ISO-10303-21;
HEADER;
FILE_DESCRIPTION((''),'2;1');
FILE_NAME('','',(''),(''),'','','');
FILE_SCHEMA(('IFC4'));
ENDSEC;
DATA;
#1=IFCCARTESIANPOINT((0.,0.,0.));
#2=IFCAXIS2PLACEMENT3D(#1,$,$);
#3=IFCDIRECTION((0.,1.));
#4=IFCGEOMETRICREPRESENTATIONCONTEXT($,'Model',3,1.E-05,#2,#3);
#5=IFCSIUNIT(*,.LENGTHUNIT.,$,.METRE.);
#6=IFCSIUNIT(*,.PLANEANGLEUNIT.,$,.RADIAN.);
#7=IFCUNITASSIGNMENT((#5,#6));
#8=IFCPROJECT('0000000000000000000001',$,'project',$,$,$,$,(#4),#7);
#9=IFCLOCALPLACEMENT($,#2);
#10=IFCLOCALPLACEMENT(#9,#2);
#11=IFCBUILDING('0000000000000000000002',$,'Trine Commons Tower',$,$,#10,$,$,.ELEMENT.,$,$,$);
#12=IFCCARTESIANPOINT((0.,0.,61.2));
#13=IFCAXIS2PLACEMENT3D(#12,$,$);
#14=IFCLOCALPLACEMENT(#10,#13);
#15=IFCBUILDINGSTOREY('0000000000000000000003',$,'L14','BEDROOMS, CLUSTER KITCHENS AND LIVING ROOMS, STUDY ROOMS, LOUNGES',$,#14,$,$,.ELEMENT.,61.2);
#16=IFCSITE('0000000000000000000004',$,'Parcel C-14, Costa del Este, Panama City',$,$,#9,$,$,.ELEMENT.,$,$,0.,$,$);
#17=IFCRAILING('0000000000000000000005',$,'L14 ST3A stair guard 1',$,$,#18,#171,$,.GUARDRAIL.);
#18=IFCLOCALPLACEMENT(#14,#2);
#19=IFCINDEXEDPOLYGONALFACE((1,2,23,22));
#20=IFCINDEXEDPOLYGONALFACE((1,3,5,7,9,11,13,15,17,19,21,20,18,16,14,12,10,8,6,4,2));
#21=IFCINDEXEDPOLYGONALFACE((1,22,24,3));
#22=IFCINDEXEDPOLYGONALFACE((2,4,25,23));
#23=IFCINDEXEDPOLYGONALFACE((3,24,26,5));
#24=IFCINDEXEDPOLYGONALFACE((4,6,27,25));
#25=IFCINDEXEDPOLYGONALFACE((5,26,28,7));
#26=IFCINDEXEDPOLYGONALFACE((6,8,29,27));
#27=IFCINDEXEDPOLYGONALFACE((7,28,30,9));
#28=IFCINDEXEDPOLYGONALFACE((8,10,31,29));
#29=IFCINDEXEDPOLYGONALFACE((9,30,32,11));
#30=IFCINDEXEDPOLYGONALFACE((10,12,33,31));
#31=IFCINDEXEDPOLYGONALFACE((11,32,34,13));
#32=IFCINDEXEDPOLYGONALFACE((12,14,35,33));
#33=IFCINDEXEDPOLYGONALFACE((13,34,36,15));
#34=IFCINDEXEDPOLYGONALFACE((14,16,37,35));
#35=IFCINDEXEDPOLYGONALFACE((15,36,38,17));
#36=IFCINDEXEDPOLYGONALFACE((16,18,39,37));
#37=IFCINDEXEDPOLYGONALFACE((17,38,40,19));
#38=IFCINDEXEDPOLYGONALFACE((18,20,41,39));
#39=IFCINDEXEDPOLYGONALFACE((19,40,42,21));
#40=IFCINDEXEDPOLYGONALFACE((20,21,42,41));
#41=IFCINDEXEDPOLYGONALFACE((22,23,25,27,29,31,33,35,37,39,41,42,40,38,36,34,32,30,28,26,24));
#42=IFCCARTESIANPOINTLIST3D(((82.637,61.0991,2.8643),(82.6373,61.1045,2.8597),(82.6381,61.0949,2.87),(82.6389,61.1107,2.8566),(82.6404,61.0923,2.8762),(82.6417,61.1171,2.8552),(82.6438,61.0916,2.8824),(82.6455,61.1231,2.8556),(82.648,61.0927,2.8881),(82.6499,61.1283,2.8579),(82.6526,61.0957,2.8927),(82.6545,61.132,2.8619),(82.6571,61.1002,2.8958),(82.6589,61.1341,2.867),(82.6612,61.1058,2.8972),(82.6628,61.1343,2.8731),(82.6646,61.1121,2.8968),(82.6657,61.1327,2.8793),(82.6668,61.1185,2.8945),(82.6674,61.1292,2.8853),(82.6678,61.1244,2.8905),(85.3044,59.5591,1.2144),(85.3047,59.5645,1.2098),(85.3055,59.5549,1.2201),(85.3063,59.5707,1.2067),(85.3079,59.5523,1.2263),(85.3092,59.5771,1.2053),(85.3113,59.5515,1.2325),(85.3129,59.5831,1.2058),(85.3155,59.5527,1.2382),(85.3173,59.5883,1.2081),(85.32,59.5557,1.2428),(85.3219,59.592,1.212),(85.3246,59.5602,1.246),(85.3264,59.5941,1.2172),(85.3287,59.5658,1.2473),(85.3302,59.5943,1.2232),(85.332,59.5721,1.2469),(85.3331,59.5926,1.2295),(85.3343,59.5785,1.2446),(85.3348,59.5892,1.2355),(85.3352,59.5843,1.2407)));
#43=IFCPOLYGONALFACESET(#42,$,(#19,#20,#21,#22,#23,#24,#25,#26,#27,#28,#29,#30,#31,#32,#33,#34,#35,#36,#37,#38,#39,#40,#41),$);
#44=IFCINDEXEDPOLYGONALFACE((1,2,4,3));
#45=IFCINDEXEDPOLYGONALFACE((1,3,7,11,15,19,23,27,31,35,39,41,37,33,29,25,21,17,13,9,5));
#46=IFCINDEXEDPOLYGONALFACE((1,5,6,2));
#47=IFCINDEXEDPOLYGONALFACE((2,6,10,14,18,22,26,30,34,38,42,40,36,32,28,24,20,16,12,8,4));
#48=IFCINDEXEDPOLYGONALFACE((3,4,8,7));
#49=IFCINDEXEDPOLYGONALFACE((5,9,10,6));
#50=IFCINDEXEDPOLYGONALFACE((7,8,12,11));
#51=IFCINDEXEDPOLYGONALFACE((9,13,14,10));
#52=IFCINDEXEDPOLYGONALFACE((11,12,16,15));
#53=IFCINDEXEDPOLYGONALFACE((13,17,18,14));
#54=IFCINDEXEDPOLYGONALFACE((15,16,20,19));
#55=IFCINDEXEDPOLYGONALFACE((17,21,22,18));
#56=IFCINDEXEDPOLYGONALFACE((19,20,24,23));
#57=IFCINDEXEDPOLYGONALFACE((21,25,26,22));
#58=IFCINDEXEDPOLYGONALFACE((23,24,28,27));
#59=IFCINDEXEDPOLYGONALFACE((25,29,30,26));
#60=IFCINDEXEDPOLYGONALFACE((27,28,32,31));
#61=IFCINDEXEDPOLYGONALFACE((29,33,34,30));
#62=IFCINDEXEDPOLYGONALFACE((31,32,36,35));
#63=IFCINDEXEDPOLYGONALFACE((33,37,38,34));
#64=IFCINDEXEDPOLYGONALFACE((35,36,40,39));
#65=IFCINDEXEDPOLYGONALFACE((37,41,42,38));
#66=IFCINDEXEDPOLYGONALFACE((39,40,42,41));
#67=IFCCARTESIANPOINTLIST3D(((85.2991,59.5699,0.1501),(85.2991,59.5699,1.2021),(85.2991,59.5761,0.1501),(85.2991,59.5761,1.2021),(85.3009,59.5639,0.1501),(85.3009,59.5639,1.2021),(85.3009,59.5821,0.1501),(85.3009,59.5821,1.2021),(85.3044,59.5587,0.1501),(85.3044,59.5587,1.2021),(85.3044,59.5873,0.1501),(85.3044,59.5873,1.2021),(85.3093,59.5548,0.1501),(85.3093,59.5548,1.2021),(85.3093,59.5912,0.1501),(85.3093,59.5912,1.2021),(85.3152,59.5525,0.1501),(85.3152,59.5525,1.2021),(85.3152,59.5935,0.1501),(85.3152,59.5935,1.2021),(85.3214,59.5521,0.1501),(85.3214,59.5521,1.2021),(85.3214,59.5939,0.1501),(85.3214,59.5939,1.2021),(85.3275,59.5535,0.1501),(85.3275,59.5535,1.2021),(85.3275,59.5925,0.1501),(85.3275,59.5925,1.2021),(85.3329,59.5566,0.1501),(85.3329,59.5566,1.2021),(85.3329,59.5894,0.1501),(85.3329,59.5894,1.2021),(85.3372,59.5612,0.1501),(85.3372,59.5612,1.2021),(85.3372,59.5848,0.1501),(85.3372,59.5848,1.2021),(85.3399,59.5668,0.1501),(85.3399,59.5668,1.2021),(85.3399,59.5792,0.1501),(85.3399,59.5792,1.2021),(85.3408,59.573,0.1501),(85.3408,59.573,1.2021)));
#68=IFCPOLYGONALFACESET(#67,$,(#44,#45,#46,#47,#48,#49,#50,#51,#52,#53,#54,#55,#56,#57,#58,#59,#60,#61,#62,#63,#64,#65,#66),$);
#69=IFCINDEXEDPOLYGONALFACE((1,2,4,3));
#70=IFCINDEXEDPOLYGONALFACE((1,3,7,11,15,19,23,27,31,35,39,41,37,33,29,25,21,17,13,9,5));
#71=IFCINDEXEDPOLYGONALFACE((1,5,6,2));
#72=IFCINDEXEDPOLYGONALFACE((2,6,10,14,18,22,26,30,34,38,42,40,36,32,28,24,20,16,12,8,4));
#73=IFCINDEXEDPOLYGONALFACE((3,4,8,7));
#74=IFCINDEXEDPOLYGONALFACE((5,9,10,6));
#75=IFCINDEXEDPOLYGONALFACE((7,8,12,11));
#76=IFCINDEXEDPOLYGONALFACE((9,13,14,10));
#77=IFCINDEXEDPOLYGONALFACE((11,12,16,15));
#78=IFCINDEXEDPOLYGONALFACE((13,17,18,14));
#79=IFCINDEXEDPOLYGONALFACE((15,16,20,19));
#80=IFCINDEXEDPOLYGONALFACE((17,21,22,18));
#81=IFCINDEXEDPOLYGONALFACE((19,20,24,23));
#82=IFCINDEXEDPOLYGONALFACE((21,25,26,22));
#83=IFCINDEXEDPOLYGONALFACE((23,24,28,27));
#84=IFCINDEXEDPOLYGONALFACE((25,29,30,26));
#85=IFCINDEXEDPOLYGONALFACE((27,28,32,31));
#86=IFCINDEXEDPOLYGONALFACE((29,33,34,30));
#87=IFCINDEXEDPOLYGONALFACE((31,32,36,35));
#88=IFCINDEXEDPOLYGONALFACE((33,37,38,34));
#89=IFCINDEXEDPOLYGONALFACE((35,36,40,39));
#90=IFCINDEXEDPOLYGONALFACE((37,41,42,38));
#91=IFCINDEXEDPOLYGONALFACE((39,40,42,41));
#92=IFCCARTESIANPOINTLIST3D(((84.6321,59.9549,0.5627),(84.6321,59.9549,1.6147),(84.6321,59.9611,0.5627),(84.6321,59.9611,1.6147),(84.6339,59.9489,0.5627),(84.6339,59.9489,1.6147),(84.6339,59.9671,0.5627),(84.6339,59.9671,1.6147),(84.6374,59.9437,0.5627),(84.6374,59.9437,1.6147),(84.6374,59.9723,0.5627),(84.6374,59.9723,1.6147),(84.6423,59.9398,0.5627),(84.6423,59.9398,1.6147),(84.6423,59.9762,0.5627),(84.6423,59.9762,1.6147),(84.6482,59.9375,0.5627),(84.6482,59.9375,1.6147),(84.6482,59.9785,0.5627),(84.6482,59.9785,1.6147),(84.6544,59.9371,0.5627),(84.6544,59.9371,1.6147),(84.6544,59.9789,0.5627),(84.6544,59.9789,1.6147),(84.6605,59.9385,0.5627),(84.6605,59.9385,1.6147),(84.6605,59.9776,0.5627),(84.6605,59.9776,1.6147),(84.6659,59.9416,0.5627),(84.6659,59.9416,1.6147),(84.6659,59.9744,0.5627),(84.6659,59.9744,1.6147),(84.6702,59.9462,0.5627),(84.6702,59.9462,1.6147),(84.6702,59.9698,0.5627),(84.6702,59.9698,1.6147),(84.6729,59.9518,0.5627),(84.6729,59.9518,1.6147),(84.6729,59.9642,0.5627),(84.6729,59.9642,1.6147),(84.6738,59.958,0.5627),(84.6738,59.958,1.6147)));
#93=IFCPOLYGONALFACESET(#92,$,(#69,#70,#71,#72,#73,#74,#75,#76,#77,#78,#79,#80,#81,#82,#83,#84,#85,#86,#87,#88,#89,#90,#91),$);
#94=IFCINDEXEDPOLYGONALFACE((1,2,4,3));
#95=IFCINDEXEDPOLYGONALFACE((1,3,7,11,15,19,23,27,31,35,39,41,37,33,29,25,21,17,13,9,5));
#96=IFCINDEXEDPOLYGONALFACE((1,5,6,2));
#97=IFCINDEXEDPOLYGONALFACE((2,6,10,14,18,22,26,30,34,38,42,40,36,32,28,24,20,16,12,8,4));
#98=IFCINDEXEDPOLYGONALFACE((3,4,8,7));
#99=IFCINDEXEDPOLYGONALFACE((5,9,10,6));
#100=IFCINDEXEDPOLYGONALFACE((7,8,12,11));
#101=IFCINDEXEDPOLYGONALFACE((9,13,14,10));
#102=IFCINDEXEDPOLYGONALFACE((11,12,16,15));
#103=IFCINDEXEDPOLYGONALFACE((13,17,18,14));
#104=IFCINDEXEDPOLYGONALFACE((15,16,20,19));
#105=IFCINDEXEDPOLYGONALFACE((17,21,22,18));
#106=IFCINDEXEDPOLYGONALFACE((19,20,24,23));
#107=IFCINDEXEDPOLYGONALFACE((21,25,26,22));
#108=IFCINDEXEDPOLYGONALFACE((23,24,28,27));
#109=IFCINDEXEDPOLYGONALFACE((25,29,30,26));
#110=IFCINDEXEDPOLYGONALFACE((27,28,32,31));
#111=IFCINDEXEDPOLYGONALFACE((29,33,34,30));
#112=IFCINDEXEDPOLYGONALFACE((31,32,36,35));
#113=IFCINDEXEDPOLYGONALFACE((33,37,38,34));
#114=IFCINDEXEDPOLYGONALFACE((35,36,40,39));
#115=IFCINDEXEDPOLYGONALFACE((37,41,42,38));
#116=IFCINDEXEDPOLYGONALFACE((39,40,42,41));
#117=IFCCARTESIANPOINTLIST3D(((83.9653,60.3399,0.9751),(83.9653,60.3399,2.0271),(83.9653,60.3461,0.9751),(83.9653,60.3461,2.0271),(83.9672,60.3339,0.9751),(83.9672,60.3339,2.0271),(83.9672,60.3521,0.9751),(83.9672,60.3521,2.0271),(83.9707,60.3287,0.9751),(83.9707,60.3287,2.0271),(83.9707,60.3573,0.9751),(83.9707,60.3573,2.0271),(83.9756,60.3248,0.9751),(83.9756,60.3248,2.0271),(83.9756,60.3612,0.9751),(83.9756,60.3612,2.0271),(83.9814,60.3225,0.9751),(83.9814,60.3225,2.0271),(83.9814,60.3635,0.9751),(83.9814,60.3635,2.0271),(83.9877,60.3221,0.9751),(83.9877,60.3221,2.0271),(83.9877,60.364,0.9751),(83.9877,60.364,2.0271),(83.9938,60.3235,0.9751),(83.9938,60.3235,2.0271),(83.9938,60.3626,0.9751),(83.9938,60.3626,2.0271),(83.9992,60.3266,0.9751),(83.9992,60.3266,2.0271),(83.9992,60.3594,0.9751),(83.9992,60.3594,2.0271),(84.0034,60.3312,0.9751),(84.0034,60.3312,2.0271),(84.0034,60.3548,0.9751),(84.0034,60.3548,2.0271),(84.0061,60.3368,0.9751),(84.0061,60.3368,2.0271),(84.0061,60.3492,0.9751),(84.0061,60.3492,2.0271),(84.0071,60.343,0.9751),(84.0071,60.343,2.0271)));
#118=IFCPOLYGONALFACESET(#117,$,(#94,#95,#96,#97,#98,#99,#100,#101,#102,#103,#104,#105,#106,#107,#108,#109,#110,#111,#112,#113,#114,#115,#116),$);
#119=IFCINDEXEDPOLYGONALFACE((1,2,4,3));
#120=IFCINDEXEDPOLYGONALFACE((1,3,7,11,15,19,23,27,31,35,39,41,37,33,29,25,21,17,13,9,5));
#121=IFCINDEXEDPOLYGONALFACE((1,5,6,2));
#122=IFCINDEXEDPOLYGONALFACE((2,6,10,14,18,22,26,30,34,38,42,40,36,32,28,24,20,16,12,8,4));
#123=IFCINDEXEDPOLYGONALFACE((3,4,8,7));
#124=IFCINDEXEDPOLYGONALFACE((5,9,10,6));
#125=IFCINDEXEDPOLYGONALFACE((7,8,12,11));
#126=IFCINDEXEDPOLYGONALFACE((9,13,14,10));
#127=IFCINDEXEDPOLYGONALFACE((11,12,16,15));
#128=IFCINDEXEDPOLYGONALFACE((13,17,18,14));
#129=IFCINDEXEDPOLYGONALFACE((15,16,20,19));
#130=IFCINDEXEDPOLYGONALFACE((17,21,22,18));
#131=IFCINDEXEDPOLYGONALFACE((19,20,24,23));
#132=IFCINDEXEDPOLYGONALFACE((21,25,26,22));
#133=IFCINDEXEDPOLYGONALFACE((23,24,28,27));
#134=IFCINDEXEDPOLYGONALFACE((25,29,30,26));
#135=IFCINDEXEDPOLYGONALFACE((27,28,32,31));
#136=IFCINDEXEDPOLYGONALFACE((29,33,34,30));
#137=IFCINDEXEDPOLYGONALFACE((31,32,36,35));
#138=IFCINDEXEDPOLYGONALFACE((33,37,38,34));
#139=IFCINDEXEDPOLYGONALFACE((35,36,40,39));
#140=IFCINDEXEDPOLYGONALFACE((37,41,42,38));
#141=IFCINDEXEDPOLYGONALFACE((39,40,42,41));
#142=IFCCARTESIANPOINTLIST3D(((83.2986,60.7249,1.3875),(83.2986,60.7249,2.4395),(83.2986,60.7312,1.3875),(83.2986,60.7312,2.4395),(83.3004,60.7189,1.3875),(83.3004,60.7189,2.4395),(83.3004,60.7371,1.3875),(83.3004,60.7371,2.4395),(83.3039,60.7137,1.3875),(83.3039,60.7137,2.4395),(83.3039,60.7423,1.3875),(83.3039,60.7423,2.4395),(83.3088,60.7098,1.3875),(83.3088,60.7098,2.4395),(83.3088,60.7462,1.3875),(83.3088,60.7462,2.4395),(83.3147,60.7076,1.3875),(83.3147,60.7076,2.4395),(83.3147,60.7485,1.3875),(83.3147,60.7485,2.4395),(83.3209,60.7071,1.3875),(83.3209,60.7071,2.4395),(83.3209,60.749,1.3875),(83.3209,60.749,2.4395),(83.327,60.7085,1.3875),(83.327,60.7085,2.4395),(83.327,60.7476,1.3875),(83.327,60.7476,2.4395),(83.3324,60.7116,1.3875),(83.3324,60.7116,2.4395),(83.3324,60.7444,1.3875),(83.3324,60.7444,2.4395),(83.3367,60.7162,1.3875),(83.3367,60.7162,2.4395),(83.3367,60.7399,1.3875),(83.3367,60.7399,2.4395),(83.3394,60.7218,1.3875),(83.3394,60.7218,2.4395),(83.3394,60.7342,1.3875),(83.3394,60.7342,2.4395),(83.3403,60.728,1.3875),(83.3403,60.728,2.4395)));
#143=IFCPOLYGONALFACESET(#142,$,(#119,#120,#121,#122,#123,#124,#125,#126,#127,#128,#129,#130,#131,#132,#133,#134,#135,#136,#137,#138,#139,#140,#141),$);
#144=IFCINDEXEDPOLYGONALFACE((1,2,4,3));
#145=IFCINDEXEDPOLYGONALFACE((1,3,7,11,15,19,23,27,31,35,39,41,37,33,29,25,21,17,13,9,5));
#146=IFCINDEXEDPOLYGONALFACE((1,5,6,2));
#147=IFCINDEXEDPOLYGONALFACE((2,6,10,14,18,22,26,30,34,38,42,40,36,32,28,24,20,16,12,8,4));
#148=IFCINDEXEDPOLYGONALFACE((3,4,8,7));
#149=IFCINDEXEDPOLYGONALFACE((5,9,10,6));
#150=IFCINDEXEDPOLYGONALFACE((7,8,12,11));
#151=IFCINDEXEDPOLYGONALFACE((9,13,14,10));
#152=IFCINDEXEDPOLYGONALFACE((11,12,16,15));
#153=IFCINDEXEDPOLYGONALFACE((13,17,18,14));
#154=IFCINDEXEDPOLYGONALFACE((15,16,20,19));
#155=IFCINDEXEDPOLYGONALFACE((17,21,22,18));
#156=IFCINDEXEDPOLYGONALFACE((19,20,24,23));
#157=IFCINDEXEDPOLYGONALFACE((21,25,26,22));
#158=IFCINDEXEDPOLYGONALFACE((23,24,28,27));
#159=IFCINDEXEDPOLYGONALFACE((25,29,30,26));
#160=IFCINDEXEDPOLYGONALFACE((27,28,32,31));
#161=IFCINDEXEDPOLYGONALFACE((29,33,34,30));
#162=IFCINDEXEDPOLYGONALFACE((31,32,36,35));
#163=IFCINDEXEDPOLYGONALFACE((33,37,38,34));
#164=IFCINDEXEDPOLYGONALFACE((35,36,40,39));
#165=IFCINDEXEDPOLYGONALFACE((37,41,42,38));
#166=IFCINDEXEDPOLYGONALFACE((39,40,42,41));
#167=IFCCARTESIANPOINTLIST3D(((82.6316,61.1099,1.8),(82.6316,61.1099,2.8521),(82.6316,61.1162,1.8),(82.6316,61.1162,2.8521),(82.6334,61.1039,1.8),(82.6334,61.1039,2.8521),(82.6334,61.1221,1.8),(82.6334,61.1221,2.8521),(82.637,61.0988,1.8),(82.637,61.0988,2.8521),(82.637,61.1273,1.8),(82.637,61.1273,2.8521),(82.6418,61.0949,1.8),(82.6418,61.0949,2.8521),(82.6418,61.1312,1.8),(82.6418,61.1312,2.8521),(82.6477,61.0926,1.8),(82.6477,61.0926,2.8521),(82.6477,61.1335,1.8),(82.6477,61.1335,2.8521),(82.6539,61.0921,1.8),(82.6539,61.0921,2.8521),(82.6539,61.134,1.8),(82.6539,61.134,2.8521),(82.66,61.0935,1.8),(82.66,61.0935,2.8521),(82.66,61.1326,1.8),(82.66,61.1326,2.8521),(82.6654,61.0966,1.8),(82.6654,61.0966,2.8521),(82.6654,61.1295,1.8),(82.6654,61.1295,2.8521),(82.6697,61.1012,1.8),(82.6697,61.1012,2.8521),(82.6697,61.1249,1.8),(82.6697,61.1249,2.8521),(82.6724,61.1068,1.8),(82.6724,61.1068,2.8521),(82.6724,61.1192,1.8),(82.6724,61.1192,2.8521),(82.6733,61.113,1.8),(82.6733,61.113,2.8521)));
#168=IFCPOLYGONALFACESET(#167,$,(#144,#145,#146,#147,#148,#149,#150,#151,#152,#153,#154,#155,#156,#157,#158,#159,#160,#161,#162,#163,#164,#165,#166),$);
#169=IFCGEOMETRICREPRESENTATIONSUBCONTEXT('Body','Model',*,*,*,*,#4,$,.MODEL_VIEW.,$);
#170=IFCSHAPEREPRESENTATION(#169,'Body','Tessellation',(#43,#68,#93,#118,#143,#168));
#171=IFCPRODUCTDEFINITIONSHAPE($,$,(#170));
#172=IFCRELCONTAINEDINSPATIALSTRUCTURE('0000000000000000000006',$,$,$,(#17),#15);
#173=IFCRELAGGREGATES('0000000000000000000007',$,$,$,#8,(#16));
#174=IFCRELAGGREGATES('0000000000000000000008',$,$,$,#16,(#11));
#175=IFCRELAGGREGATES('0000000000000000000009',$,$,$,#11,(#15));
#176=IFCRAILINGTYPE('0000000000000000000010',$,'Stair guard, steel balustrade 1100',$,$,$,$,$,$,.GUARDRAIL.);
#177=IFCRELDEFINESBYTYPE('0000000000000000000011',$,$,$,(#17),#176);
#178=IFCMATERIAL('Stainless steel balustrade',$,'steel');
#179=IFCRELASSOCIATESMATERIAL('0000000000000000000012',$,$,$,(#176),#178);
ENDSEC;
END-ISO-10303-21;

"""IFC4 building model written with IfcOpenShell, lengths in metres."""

from ifc_helpers import new_model, si_unit, direction, frame, origin, origin_2d, place, context, subcontext, project, spatial, circle, extrude, material, type_object, element, save


model = new_model("IFC4")

# Units and contexts
model_context = context("Model", 3, precision=1e-05, world=origin(), true_north=direction((0.0, 1.0)))
body_context = subcontext(model_context, "Body", "Model", "MODEL_VIEW")
ifc_project = project(units=[si_unit("LENGTHUNIT", "METRE"), si_unit("PLANEANGLEUNIT", "RADIAN")], contexts=[model_context])

# Site, building, storey
site_placement = place(None, origin())
site = spatial("IfcSite", under=ifc_project, at=site_placement, Name="Parcel C-14, Costa del Este, Panama City", CompositionType="ELEMENT", RefElevation=0.0)
building_placement = place(site_placement, origin())
building = spatial("IfcBuilding", under=site, at=building_placement, Name="Trine Commons Tower", CompositionType="ELEMENT")
storey_placement = place(building_placement, frame((0.0, 0.0, 61.2)))
storey = spatial("IfcBuildingStorey", under=building, at=storey_placement, Name="L14", Description="BEDROOMS, CLUSTER KITCHENS AND LIVING ROOMS, STUDY ROOMS, LOUNGES", CompositionType="ELEMENT", Elevation=61.2)

# Railing
ifc_material_1 = material(Name="Stainless steel balustrade", Category="steel")
railing_type_1 = type_object("IfcRailingType", Name="Stair guard, steel balustrade 1100", PredefinedType="GUARDRAIL", material=ifc_material_1)
railing_1_placement = place(storey_placement, frame((85.3198, 59.573, 0.1501)))
element("IfcRailing", 1, at=railing_1_placement, inside=storey, type_object=railing_type_1, Name="L14 ST3A stair guard 1", PredefinedType="GUARDRAIL", context=body_context, shape_type="SweptSolid", body=[
    extrude(circle(Radius=0.0239, at=origin_2d()), frame((0.0, 0.0, 1.0762), z_axis=(-0.763405, 0.440743, 0.472185), x_axis=(-0.499992, -0.86603, 0.0)), (0.0, 0.0, 1.0), 3.4941),
    extrude(circle(Radius=0.021, at=origin_2d()), origin(), (0.0, 0.0, 1.0), 1.052),
    extrude(circle(Radius=0.021, at=origin_2d()), frame((-0.667, 0.385, 0.4126)), (0.0, 0.0, 1.0), 1.052),
    extrude(circle(Radius=0.021, at=origin_2d()), frame((-1.3337, 0.77, 0.825)), (0.0, 0.0, 1.0), 1.052),
    extrude(circle(Radius=0.021, at=origin_2d()), frame((-2.0005, 1.155, 1.2373)), (0.0, 0.0, 1.0), 1.052),
    extrude(circle(Radius=0.021, at=origin_2d()), frame((-2.6675, 1.54, 1.6499)), (0.0, 0.0, 1.0), 1.052),
])

save(model, "model.ifc")
